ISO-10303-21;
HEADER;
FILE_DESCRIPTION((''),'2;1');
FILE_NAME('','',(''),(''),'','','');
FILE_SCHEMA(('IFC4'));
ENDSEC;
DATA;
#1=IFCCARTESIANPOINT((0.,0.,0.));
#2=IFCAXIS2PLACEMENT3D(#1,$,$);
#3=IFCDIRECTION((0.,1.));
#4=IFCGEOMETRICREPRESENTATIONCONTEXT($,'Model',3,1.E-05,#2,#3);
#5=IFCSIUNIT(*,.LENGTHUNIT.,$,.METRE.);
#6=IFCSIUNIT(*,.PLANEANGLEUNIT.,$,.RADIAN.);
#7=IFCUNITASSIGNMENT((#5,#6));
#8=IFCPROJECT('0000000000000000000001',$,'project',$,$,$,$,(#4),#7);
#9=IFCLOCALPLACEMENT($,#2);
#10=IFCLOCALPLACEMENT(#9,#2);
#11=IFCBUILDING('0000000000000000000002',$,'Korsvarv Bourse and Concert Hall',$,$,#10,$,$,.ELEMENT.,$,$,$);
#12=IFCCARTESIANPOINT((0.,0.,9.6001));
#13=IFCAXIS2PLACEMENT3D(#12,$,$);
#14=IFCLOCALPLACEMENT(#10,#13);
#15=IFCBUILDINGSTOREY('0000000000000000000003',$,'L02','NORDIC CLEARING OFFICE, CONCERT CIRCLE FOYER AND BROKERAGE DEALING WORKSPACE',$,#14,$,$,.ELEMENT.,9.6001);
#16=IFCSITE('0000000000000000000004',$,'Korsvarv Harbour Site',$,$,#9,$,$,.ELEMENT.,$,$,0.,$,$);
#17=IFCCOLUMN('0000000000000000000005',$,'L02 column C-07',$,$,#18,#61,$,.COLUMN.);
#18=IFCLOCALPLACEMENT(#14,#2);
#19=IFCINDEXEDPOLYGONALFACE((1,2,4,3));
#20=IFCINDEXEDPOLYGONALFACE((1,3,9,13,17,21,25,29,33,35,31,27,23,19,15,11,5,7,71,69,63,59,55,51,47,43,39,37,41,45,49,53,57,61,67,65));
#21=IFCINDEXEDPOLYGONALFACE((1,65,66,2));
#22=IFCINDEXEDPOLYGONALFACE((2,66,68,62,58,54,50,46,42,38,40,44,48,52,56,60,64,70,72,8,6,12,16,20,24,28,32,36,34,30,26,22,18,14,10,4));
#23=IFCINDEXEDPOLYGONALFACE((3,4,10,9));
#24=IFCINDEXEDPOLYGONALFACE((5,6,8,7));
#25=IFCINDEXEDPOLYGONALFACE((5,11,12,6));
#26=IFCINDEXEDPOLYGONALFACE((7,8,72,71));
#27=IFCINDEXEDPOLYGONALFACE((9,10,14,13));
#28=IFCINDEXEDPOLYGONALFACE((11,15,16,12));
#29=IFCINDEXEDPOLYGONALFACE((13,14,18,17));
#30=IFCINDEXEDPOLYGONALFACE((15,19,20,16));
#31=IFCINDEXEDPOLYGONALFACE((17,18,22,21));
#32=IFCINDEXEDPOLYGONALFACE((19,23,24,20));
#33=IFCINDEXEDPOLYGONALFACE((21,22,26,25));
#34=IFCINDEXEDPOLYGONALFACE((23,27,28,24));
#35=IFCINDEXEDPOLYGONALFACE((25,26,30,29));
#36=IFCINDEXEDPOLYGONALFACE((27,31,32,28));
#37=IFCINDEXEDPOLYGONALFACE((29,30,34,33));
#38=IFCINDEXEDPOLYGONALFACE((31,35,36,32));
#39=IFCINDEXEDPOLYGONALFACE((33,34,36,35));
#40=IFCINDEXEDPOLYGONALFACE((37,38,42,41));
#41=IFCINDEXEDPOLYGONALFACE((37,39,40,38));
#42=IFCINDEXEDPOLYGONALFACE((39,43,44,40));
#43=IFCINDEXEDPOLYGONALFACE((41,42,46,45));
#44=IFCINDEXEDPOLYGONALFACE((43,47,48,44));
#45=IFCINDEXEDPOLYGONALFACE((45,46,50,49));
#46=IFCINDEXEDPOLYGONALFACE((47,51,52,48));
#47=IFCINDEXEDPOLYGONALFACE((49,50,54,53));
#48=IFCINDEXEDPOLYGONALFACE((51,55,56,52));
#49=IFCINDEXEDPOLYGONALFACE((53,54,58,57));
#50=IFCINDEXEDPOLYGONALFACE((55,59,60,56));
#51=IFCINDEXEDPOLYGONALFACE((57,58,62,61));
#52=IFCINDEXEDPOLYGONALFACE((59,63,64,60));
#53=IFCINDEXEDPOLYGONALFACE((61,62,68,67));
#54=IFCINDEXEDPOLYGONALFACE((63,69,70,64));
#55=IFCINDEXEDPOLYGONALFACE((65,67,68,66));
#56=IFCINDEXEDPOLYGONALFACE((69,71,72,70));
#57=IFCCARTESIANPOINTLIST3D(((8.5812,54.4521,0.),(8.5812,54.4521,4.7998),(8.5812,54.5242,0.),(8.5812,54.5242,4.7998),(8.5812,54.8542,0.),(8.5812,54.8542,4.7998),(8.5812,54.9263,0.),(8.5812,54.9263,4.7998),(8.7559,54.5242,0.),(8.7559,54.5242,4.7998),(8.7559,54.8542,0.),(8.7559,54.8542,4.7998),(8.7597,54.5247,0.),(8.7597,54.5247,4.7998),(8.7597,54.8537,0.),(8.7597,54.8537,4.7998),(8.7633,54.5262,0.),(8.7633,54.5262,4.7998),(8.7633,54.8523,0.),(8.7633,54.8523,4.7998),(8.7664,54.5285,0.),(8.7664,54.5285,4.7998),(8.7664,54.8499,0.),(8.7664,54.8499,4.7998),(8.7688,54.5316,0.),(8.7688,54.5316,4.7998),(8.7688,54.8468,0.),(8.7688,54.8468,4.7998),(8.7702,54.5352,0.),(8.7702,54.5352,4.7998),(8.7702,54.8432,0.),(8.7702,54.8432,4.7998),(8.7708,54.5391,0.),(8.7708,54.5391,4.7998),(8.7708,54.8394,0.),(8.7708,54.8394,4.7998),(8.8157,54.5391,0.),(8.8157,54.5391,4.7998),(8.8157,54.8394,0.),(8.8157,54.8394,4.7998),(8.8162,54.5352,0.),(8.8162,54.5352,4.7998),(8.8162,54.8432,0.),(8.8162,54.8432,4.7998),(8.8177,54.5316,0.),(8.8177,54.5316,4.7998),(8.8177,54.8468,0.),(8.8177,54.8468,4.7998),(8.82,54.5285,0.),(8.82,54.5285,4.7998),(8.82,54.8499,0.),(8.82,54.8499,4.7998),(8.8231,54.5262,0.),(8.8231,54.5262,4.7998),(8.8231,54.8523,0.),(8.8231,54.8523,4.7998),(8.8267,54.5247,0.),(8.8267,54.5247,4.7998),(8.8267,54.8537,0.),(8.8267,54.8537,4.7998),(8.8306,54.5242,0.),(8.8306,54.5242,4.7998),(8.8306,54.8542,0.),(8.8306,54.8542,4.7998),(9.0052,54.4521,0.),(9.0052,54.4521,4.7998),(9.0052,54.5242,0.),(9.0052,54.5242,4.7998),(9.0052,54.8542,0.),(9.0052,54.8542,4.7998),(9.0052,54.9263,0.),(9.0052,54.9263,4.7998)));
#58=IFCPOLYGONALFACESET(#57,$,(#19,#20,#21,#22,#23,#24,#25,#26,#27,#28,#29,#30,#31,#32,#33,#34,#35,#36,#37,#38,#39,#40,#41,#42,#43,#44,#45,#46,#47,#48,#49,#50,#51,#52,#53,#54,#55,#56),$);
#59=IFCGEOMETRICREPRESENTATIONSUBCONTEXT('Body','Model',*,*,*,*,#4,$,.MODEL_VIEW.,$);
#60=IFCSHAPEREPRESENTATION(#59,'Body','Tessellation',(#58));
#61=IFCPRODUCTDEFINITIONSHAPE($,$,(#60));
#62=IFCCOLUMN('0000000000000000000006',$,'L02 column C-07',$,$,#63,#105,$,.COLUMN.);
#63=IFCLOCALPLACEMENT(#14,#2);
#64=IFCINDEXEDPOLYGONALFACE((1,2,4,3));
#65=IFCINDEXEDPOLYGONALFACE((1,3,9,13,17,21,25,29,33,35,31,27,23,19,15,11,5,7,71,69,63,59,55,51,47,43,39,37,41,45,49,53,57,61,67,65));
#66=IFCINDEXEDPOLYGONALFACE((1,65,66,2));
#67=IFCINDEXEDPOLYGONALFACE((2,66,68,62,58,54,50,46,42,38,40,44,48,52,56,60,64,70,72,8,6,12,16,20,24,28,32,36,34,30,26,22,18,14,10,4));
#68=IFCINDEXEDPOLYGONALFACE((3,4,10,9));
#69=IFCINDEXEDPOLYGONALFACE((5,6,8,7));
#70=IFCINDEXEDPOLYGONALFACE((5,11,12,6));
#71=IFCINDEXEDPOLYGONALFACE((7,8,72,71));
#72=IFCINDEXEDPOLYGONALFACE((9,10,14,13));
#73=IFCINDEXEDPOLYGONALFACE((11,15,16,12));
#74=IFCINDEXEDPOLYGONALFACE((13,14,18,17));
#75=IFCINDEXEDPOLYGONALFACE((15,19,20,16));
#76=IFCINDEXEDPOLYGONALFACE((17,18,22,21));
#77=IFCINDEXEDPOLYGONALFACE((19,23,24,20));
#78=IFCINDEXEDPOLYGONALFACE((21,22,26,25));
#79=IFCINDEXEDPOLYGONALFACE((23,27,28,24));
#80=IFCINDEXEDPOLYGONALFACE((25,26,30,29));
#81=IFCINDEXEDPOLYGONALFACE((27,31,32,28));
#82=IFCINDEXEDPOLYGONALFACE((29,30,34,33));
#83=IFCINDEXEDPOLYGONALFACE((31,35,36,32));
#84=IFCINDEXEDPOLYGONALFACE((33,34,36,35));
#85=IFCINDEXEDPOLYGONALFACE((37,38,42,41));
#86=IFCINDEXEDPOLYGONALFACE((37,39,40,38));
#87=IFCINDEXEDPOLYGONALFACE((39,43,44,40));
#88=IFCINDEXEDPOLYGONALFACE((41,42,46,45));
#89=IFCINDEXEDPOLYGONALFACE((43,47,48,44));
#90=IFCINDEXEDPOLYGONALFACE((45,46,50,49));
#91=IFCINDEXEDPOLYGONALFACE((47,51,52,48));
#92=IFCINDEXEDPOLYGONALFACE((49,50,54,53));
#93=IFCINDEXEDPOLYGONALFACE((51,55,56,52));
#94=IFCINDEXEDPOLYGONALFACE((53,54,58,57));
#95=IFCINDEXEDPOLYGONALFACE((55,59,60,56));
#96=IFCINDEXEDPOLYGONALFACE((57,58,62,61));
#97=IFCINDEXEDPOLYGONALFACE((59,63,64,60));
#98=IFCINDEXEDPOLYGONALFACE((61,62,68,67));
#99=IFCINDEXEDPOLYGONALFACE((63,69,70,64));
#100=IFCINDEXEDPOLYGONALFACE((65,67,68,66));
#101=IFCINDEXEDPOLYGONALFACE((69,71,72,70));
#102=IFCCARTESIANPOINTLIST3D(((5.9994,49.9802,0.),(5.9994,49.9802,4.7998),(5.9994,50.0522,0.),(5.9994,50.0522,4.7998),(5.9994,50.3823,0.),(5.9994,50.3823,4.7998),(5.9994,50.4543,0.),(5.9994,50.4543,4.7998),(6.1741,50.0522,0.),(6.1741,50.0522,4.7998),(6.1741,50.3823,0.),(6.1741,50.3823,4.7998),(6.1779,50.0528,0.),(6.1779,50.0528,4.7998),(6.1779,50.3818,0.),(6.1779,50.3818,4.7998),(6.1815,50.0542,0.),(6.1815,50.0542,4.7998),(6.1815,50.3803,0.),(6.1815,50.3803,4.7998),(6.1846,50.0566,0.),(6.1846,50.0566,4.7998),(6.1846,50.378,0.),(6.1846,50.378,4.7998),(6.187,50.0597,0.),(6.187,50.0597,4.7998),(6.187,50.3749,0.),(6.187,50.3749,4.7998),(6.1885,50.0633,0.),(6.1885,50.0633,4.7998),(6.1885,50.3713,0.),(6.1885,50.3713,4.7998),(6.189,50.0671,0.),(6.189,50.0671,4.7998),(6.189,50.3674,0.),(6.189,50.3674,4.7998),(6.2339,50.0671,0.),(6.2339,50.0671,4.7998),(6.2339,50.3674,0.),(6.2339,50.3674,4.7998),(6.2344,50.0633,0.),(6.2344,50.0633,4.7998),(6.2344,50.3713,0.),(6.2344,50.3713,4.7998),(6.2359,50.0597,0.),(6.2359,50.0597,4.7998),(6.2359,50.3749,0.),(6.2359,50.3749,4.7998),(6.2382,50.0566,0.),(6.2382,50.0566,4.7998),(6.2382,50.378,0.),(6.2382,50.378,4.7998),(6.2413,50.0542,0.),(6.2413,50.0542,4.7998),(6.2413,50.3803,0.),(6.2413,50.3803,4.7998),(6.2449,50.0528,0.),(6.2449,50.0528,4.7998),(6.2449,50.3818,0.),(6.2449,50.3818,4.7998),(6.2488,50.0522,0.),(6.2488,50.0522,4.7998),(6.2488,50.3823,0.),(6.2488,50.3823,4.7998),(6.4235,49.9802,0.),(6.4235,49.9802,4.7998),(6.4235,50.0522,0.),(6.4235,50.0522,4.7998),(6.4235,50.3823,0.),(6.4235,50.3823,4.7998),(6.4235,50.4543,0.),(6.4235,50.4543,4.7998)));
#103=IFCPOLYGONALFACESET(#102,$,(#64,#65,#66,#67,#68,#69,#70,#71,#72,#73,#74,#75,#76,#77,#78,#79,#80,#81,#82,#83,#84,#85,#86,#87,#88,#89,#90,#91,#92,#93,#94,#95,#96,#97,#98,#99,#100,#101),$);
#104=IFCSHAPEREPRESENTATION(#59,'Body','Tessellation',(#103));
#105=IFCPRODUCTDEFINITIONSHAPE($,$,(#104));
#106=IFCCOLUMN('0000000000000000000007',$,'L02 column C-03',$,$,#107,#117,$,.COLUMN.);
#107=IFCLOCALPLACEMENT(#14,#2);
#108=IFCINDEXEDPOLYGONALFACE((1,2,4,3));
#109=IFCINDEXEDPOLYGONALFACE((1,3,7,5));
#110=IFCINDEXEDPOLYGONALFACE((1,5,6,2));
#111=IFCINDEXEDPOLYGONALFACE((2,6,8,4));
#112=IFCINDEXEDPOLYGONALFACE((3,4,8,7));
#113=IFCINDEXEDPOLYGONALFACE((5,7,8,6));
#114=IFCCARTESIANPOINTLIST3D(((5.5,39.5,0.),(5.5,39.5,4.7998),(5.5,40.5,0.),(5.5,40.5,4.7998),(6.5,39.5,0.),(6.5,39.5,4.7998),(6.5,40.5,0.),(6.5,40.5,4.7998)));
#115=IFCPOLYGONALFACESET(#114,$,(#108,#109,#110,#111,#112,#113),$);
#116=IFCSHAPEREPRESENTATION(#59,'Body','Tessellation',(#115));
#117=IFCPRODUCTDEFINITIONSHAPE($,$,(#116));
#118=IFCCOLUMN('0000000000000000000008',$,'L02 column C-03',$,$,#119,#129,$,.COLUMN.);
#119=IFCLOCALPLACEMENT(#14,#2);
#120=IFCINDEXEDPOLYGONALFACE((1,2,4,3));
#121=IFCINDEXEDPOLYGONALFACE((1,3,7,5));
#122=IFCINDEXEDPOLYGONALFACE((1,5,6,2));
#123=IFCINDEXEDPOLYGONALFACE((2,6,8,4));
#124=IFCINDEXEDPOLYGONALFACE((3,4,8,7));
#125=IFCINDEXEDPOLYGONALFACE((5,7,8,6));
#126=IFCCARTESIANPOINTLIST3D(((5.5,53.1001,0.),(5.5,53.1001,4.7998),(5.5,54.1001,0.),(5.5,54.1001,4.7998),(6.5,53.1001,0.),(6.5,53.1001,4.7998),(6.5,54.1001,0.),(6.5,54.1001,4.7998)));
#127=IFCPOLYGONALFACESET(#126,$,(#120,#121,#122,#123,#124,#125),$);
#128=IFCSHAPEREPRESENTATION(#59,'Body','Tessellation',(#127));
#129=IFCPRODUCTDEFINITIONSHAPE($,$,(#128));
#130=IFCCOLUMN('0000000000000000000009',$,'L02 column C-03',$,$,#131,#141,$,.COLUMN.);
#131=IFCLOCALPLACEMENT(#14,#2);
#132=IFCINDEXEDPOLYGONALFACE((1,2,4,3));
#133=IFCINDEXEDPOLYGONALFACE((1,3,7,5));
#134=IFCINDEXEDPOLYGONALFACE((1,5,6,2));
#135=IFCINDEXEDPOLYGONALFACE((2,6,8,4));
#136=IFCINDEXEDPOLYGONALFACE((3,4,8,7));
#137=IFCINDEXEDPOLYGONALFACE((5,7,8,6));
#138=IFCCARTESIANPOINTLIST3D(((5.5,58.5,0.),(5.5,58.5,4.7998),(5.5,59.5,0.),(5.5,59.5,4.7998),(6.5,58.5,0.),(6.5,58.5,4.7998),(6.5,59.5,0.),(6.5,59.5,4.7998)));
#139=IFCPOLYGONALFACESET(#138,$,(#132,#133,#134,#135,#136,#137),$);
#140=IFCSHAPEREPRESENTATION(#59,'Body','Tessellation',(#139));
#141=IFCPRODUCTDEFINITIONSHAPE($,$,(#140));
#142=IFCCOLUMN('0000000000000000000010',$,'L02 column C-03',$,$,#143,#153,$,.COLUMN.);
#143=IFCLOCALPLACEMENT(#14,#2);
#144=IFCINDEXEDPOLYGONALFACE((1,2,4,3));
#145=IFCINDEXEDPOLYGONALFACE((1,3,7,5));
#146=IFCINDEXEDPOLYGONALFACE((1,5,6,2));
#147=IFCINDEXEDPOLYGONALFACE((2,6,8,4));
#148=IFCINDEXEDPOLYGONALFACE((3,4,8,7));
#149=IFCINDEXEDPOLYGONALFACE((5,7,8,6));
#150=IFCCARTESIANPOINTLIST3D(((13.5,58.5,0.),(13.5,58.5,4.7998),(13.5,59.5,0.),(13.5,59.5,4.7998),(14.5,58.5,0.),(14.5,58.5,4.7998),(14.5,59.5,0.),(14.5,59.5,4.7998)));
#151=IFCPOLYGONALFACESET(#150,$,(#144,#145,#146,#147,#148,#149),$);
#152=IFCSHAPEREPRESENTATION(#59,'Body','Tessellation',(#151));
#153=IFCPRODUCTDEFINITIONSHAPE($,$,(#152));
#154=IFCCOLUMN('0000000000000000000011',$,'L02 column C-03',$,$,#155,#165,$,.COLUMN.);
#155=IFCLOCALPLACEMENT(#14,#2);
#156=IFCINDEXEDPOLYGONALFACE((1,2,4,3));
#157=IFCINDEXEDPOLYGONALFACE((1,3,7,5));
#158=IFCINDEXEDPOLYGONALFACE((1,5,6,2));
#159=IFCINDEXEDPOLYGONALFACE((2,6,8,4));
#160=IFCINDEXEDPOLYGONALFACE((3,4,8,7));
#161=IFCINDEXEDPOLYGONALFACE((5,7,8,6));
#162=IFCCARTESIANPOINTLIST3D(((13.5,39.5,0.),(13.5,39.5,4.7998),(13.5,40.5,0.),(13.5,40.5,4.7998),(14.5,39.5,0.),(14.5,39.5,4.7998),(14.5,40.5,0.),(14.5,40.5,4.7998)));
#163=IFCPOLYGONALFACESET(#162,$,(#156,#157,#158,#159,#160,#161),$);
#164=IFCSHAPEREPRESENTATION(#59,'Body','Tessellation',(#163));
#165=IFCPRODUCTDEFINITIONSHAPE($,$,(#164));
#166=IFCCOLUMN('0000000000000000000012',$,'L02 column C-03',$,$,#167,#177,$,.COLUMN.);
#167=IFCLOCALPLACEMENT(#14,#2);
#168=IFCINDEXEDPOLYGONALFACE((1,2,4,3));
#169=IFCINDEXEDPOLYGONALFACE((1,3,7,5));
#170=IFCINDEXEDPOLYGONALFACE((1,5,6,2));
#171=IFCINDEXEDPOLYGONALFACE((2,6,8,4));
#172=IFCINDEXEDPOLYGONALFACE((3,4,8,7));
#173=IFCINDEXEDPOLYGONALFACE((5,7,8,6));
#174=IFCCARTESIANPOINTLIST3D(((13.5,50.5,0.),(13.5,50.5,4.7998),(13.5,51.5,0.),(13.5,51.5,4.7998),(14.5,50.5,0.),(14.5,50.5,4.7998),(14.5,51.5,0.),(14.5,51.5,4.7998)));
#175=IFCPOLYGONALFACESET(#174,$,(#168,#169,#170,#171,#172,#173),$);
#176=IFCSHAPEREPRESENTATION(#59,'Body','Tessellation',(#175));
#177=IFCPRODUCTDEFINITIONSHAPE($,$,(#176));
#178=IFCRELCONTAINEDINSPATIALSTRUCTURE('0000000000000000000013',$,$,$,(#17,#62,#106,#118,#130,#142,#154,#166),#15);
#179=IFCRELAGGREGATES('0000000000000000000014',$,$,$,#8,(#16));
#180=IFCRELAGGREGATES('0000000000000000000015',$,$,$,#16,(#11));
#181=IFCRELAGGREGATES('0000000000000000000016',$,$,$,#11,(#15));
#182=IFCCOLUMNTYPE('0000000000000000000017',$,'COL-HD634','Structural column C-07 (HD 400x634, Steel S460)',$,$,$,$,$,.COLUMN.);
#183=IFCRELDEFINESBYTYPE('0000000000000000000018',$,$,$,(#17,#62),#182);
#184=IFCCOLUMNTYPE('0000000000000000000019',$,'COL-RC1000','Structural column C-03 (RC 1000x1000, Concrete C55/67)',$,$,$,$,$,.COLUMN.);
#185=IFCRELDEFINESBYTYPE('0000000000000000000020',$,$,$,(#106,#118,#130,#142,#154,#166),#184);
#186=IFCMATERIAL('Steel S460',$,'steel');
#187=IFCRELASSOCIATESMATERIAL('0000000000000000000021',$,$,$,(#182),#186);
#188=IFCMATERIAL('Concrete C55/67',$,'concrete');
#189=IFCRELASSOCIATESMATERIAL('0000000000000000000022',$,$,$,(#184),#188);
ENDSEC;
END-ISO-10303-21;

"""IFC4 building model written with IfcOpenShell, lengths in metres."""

from ifc_helpers import new_model, si_unit, direction, frame, origin, origin_2d, place, context, subcontext, project, spatial, rectangle, i_section, extrude, source, transform, mapped, material, material_profile, profile_set, type_object, element, save


model = new_model("IFC4")

# Units and contexts
model_context = context("Model", 3, precision=1e-05, world=origin(), true_north=direction((0.0, 1.0)))
body_context = subcontext(model_context, "Body", "Model", "MODEL_VIEW")
ifc_project = project(units=[si_unit("LENGTHUNIT", "METRE"), si_unit("PLANEANGLEUNIT", "RADIAN")], contexts=[model_context])

# Site, building, storey
site_placement = place(None, origin())
site = spatial("IfcSite", under=ifc_project, at=site_placement, Name="Korsvarv Harbour Site", CompositionType="ELEMENT", RefElevation=0.0)
building_placement = place(site_placement, origin())
building = spatial("IfcBuilding", under=site, at=building_placement, Name="Korsvarv Bourse and Concert Hall", CompositionType="ELEMENT")
storey_placement = place(building_placement, frame((0.0, 0.0, 9.6001)))
storey = spatial("IfcBuildingStorey", under=building, at=storey_placement, Name="L02", Description="NORDIC CLEARING OFFICE, CONCERT CIRCLE FOYER AND BROKERAGE DEALING WORKSPACE", CompositionType="ELEMENT", Elevation=9.6001)

# Columns
ifc_material_1 = material(Name="Steel S460", Category="steel")
ifc_material_profile_1 = material_profile(ifc_material_1, i_section(OverallWidth=0.4241, OverallDepth=0.4741, WebThickness=0.0449, FlangeThickness=0.072, FilletRadius=0.0149, at=origin_2d()), Name="HD 400x634")
ifc_profile_set_1 = profile_set([ifc_material_profile_1], Name="Steel S460")
column_type_1 = type_object("IfcColumnType", Name="COL-HD634", Description="Structural column C-07 (HD 400x634, Steel S460)", PredefinedType="COLUMN", material=ifc_profile_set_1)
shared_shape_1 = source(origin(), body_context, "Body", "SweptSolid", [
    extrude(i_section(OverallWidth=0.4241, OverallDepth=0.4741, WebThickness=0.0449, FlangeThickness=0.072, FilletRadius=0.0149, at=origin_2d()), origin(), (0.0, 0.0, 1.0), 4.7998),
])
for number, where, z_axis, x_axis, name in (
    (1, (8.7932, 54.6892, 0.0), (0.0, 0.0, 1.0), (1.0, 0.0, 0.0), "L02 column C-07"),
    (2, (6.2114, 50.2173, 0.0), (0.0, 0.0, 1.0), (1.0, 0.0, 0.0), "L02 column C-07"),
):
    element("IfcColumn", number, at=place(storey_placement, frame(where, z_axis=z_axis, x_axis=x_axis)), inside=storey, type_object=column_type_1, Name=name, PredefinedType="COLUMN", context=body_context, shape_type="MappedRepresentation", body=[
        mapped(shared_shape_1, transform((0.0, 0.0, 0.0), scale=1.0)),
    ])
ifc_material_2 = material(Name="Concrete C55/67", Category="concrete")
ifc_material_profile_2 = material_profile(ifc_material_2, rectangle(XDim=1.0, YDim=1.0, at=origin_2d()), Name="RC 1000x1000")
ifc_profile_set_2 = profile_set([ifc_material_profile_2], Name="Concrete C55/67")
column_type_2 = type_object("IfcColumnType", Name="COL-RC1000", Description="Structural column C-03 (RC 1000x1000, Concrete C55/67)", PredefinedType="COLUMN", material=ifc_profile_set_2)
shared_shape_2 = source(origin(), body_context, "Body", "SweptSolid", [
    extrude(rectangle(XDim=1.0, YDim=1.0, at=origin_2d()), origin(), (0.0, 0.0, 1.0), 4.7998),
])
for number, where, z_axis, x_axis, name in (
    (3, (6.0, 40.0, 0.0), (0.0, 0.0, 1.0), (1.0, 0.0, 0.0), "L02 column C-03"),
    (4, (6.0, 53.6001, 0.0), (0.0, 0.0, 1.0), (1.0, 0.0, 0.0), "L02 column C-03"),
    (5, (6.0, 59.0, 0.0), (0.0, 0.0, 1.0), (1.0, 0.0, 0.0), "L02 column C-03"),
    (6, (14.0, 59.0, 0.0), (0.0, 0.0, 1.0), (1.0, 0.0, 0.0), "L02 column C-03"),
    (7, (14.0, 40.0, 0.0), (0.0, 0.0, 1.0), (1.0, 0.0, 0.0), "L02 column C-03"),
    (8, (14.0, 51.0, 0.0), (0.0, 0.0, 1.0), (1.0, 0.0, 0.0), "L02 column C-03"),
):
    element("IfcColumn", number, at=place(storey_placement, frame(where, z_axis=z_axis, x_axis=x_axis)), inside=storey, type_object=column_type_2, Name=name, PredefinedType="COLUMN", context=body_context, shape_type="MappedRepresentation", body=[
        mapped(shared_shape_2, transform((0.0, 0.0, 0.0), scale=1.0)),
    ])

save(model, "model.ifc")
